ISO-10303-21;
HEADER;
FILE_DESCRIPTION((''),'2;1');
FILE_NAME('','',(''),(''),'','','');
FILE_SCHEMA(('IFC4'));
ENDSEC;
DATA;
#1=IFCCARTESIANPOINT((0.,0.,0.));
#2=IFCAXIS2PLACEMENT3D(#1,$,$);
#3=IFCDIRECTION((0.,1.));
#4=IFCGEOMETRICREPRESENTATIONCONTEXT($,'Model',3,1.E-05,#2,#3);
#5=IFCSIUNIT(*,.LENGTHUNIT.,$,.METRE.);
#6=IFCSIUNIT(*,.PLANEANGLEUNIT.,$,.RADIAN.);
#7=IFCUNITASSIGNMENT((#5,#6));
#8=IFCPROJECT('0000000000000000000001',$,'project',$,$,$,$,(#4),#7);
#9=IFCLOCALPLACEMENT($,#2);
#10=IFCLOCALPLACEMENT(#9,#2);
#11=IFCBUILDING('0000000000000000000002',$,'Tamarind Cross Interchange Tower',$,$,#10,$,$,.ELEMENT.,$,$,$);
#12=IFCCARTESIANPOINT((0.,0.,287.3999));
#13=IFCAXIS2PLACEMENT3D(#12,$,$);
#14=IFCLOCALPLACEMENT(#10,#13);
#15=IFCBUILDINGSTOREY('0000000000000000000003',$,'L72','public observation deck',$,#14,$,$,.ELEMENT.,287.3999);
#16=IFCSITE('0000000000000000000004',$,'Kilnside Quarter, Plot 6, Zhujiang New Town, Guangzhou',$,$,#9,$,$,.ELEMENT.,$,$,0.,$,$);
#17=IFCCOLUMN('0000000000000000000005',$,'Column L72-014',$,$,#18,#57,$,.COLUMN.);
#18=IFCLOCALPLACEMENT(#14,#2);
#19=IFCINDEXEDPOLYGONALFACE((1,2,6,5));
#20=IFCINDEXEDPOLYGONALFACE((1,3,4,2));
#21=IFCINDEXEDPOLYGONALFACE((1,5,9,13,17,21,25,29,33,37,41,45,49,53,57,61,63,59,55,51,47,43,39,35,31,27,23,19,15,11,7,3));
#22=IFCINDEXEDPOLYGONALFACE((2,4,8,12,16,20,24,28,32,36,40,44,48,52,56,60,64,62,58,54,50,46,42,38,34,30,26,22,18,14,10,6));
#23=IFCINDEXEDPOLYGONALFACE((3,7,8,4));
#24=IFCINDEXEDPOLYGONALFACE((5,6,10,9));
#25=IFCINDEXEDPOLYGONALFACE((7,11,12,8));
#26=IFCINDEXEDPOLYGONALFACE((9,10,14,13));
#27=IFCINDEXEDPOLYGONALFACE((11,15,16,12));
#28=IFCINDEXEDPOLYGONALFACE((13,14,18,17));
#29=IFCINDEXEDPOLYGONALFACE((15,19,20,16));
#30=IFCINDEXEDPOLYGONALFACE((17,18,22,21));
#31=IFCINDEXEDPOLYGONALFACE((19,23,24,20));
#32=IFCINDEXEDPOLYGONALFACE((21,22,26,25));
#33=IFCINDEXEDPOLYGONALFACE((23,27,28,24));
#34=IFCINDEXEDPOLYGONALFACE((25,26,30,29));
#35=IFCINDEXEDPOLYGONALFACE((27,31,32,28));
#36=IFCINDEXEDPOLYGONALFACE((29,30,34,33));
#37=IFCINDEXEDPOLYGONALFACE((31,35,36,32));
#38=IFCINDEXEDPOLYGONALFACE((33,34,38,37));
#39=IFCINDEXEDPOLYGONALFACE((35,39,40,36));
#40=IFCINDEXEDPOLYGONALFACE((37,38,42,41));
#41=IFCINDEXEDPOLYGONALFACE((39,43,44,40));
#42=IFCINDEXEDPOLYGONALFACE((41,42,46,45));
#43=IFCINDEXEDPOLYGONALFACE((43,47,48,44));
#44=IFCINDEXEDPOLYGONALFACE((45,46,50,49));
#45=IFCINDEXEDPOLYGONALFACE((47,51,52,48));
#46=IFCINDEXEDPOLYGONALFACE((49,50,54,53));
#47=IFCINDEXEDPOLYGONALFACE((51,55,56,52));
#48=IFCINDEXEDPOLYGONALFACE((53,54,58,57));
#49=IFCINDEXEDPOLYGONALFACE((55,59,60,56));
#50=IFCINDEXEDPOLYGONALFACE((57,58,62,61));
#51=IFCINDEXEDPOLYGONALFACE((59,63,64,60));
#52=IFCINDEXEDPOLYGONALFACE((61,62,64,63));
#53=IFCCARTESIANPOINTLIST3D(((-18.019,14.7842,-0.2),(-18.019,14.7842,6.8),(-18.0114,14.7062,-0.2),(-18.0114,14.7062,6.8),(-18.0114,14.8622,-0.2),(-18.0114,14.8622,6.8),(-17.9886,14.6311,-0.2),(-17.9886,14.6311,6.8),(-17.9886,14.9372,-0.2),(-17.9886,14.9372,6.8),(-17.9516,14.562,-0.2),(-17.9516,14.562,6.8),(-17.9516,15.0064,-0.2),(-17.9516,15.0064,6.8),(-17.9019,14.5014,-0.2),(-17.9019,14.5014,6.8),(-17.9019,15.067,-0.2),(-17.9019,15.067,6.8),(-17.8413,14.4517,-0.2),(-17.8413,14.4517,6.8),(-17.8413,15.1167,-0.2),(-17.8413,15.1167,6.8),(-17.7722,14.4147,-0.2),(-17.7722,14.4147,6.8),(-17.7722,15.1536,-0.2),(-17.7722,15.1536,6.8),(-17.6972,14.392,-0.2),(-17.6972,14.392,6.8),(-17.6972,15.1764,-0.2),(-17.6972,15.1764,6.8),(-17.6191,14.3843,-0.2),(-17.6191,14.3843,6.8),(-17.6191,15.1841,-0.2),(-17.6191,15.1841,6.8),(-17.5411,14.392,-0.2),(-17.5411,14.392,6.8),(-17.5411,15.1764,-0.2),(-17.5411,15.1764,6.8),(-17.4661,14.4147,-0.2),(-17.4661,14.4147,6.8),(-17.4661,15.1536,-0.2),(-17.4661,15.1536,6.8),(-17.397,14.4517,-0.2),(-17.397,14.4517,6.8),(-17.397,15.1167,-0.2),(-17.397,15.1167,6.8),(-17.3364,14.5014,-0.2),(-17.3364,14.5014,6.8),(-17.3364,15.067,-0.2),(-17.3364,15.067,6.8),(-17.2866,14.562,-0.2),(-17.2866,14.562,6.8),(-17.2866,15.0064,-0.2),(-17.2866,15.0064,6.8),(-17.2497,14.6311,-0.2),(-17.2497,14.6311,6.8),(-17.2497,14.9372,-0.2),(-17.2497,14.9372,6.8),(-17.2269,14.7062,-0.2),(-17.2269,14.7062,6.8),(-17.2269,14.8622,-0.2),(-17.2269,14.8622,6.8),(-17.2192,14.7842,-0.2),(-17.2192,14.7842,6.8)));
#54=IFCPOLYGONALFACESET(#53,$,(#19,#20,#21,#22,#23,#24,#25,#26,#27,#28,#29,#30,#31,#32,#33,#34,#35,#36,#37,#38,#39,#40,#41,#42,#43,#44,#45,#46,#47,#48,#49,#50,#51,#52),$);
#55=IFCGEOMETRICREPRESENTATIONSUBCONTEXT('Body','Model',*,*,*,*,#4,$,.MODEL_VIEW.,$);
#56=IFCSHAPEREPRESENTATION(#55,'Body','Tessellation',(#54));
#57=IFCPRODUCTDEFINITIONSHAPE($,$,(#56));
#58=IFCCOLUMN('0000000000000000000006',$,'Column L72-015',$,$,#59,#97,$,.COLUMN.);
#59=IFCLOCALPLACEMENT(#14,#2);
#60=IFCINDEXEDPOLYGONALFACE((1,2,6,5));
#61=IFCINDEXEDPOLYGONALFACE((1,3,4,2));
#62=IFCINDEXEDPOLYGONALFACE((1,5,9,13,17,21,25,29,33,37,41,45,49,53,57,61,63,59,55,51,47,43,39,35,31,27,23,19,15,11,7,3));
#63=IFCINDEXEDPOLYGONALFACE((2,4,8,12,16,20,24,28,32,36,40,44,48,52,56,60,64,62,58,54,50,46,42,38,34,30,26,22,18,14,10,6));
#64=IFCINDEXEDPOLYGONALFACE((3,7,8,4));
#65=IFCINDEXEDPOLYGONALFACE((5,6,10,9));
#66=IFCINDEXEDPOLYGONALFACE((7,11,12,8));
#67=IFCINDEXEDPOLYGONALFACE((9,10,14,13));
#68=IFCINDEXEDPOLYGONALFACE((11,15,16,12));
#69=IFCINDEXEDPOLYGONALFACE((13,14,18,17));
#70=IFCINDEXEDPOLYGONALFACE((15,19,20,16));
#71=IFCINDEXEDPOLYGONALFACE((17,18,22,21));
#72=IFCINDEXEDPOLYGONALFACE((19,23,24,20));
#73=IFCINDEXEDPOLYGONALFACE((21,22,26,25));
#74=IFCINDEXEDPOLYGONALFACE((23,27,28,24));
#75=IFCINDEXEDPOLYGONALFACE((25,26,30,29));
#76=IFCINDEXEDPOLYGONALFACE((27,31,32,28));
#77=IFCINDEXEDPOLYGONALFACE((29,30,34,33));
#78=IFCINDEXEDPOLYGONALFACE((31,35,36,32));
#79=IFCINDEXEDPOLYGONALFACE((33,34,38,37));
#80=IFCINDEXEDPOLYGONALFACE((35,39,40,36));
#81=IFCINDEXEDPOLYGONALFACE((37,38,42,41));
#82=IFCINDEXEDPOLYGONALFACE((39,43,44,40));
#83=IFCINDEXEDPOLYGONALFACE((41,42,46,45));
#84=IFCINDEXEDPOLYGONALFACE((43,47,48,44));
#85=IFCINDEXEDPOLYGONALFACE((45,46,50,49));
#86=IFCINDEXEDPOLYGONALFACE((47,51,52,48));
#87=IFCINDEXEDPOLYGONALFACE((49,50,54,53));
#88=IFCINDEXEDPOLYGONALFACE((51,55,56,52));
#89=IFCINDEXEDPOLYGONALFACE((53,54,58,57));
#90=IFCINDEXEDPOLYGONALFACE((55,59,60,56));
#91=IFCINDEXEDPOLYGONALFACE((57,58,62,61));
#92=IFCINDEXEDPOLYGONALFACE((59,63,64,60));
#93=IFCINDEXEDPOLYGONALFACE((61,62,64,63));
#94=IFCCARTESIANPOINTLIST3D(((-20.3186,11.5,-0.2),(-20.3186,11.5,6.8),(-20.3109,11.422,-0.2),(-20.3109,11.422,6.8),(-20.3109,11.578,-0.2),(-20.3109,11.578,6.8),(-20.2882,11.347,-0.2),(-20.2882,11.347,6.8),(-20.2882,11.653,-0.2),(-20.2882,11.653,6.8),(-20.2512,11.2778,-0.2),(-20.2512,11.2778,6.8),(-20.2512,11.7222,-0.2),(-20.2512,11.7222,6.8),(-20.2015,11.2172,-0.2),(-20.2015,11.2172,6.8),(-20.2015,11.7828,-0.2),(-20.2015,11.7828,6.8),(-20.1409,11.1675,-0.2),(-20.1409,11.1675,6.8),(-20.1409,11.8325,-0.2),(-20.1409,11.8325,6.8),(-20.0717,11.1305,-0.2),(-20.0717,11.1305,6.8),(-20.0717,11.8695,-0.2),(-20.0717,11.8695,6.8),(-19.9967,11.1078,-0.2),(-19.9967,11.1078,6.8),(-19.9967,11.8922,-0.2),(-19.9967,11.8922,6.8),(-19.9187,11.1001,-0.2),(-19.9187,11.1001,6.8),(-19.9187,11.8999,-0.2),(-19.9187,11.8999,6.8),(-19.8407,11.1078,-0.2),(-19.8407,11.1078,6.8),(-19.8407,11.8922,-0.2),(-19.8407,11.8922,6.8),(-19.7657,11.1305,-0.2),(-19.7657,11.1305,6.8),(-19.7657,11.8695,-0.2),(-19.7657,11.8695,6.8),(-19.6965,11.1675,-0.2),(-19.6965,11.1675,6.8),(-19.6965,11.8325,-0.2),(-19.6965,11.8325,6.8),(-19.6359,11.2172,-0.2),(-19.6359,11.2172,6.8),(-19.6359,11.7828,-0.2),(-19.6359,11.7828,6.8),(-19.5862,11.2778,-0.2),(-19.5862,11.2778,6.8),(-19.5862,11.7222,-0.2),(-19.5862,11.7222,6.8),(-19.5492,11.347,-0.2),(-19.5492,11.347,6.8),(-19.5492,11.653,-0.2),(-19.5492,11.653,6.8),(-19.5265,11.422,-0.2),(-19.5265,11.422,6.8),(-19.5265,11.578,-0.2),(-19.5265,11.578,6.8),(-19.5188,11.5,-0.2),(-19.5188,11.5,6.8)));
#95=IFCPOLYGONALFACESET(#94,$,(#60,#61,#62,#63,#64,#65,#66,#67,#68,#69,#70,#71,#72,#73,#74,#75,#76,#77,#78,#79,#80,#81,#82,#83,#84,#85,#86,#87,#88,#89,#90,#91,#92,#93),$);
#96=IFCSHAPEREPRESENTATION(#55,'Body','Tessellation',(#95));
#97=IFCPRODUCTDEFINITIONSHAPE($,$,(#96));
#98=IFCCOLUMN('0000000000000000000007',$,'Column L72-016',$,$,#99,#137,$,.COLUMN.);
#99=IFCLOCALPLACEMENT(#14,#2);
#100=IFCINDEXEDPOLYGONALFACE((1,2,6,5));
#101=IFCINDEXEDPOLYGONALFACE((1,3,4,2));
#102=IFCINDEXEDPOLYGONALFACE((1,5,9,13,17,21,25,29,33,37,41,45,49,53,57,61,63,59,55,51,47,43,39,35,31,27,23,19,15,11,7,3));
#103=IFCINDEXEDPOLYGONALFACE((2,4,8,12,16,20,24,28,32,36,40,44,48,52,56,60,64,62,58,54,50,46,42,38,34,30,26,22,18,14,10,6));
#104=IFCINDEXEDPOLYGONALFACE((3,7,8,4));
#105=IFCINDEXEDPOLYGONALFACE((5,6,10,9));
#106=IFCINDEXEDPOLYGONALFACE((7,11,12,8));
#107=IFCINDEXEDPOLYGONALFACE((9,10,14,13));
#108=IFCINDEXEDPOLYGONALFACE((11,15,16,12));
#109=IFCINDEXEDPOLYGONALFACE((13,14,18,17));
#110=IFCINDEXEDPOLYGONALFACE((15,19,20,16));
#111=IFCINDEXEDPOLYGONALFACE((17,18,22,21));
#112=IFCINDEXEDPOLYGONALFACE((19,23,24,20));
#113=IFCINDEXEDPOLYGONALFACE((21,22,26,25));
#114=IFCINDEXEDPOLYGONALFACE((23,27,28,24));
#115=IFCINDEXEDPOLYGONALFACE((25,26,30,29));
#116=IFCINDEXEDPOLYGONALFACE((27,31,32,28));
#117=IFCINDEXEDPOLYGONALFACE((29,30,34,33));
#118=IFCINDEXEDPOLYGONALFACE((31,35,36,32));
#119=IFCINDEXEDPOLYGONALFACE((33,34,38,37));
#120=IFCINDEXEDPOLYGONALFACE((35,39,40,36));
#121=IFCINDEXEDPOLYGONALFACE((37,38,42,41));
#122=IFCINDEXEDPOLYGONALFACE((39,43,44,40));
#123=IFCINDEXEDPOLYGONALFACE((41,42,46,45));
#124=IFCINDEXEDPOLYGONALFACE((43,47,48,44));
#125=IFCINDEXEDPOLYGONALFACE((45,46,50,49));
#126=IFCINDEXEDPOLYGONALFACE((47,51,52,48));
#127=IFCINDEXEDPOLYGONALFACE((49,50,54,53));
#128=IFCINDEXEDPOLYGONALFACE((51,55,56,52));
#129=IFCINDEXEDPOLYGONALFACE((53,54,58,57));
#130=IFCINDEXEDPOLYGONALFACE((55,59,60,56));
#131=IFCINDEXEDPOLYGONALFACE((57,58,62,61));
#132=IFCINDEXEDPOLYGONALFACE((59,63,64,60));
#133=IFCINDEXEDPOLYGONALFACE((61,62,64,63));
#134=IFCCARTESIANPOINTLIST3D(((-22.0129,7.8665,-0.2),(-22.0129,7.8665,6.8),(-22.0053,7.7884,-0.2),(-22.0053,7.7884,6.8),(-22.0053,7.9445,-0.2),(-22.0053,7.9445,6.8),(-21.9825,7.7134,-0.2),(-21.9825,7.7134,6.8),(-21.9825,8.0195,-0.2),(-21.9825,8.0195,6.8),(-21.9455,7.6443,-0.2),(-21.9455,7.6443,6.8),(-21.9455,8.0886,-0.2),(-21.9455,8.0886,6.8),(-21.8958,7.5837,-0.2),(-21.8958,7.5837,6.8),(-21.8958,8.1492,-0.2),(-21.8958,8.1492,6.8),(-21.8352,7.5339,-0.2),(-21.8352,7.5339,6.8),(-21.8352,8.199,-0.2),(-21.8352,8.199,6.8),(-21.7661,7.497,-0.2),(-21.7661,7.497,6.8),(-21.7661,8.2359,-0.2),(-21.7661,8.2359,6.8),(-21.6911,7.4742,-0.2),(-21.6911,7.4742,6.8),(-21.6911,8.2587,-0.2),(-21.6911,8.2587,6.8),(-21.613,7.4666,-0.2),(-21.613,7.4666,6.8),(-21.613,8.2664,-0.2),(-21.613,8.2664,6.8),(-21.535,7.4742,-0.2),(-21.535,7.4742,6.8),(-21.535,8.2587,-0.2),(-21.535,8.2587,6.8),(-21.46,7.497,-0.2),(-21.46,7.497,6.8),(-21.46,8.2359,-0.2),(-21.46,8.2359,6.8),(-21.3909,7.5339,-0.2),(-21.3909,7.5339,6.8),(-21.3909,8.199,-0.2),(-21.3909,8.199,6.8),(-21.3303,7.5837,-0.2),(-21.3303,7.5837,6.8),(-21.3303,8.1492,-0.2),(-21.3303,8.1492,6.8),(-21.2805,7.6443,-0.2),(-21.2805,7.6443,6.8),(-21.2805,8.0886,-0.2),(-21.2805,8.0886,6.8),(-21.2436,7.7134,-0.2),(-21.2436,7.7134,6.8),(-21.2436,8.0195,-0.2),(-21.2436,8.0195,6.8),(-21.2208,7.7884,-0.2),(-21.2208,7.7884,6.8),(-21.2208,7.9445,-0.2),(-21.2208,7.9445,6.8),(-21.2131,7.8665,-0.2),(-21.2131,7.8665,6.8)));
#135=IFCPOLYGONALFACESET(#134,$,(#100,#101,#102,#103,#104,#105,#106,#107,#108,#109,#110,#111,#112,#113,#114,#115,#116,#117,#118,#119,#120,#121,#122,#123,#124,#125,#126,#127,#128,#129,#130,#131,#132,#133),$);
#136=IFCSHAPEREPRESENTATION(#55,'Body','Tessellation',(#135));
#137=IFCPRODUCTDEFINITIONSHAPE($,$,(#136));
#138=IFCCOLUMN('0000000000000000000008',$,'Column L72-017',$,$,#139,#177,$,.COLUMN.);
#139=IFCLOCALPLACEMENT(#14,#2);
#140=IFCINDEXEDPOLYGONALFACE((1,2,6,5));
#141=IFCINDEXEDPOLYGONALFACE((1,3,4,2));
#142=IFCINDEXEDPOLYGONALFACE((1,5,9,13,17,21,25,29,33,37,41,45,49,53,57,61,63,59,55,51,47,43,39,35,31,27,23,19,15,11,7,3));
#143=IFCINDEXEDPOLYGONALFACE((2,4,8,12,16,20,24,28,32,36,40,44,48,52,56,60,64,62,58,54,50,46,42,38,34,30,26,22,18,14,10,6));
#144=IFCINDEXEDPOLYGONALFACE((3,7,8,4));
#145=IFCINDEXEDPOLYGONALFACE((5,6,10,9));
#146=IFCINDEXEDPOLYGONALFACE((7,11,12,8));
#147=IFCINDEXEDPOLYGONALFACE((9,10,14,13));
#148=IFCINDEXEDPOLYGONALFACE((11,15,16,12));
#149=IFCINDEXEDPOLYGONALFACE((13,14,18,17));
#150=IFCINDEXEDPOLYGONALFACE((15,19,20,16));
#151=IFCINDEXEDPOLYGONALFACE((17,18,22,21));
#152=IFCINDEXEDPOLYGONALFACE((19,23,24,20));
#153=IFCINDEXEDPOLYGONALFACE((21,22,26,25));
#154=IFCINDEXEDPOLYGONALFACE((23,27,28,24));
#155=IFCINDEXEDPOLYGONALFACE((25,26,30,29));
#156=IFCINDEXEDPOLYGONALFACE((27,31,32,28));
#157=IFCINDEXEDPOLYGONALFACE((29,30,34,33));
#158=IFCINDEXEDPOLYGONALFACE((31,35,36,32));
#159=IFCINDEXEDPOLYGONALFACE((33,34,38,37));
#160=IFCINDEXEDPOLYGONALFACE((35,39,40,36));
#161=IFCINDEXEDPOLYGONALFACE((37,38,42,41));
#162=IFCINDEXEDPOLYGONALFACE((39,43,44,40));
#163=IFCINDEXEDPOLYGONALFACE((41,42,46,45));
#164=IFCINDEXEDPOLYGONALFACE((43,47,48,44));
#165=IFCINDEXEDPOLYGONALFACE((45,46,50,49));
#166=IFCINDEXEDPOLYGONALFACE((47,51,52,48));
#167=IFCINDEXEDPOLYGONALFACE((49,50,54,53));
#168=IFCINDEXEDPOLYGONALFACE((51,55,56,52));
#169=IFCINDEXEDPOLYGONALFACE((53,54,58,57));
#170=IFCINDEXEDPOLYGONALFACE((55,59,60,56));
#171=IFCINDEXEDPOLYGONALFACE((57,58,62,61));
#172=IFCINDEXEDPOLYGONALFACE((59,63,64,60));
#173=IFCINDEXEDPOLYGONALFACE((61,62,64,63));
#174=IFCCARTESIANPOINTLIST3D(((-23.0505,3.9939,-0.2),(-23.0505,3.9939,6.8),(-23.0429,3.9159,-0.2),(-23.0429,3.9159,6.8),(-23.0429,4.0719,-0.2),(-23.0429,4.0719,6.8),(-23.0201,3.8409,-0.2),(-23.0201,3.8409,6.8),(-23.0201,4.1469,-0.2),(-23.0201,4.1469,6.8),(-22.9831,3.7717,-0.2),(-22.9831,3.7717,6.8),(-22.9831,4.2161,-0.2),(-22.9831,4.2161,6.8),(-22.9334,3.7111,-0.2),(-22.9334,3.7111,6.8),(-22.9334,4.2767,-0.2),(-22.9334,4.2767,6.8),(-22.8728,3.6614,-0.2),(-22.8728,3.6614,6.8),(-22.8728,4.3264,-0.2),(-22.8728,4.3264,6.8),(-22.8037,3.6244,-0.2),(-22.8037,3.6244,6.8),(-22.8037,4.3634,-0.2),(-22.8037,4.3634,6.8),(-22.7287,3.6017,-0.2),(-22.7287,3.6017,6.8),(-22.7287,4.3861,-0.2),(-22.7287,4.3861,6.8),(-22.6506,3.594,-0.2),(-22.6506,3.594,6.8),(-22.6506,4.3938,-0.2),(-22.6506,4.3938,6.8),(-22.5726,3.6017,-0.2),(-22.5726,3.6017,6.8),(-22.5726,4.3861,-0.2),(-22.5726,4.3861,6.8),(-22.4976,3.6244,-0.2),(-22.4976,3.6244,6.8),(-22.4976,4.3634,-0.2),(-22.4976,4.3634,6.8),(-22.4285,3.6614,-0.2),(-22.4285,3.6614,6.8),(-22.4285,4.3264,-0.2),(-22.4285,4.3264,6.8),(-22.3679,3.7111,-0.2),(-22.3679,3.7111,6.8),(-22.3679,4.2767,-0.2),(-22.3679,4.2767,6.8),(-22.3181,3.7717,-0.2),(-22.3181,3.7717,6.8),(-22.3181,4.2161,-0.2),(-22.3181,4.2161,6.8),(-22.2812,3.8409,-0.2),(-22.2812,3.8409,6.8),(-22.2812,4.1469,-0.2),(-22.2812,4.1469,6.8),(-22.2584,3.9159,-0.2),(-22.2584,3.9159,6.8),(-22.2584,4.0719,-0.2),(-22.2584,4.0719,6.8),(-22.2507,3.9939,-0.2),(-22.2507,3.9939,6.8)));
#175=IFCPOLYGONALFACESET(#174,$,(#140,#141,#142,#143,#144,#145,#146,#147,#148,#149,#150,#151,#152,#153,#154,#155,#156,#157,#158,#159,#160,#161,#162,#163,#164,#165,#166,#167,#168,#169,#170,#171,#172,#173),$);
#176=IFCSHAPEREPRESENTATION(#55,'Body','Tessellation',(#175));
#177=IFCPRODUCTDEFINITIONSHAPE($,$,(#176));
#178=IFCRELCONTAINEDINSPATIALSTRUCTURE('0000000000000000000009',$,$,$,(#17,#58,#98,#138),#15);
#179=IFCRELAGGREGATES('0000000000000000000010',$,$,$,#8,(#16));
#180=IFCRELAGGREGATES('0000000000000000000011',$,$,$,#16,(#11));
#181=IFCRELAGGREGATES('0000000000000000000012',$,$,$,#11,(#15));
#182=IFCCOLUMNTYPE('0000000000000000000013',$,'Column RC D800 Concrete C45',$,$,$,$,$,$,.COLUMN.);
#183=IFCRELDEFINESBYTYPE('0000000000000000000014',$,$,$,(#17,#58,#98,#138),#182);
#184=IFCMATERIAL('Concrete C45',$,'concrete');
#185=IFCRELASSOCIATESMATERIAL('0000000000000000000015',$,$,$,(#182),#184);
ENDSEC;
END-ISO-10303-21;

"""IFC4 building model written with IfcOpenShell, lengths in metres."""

from ifc_helpers import new_model, si_unit, direction, frame, origin, origin_2d, place, context, subcontext, project, spatial, circle, extrude, material, material_profile, profile_set, type_object, element, save


model = new_model("IFC4")

# Units and contexts
model_context = context("Model", 3, precision=1e-05, world=origin(), true_north=direction((0.0, 1.0)))
body_context = subcontext(model_context, "Body", "Model", "MODEL_VIEW")
ifc_project = project(units=[si_unit("LENGTHUNIT", "METRE"), si_unit("PLANEANGLEUNIT", "RADIAN")], contexts=[model_context])

# Site, building, storey
site_placement = place(None, origin())
site = spatial("IfcSite", under=ifc_project, at=site_placement, Name="Kilnside Quarter, Plot 6, Zhujiang New Town, Guangzhou", CompositionType="ELEMENT", RefElevation=0.0)
building_placement = place(site_placement, origin())
building = spatial("IfcBuilding", under=site, at=building_placement, Name="Tamarind Cross Interchange Tower", CompositionType="ELEMENT")
storey_placement = place(building_placement, frame((0.0, 0.0, 287.3999)))
storey = spatial("IfcBuildingStorey", under=building, at=storey_placement, Name="L72", Description="public observation deck", CompositionType="ELEMENT", Elevation=287.3999)

# Columns
ifc_material_1 = material(Name="Concrete C45", Category="concrete")
ifc_material_profile_1 = material_profile(ifc_material_1, circle(Radius=0.3999, at=origin_2d()), Name="RC D800")
ifc_profile_set_1 = profile_set([ifc_material_profile_1], Name="Concrete C45")
column_type = type_object("IfcColumnType", Name="Column RC D800 Concrete C45", PredefinedType="COLUMN", material=ifc_profile_set_1)
for number, where, z_axis, x_axis, name in (
    (1, (-17.6191, 14.7842, -0.2), (0.0, 0.0, 1.0), (1.0, 0.0, 0.0), "Column L72-014"),
    (2, (-19.9187, 11.5, -0.2), (0.0, 0.0, 1.0), (1.0, 0.0, 0.0), "Column L72-015"),
    (3, (-21.613, 7.8665, -0.2), (0.0, 0.0, 1.0), (1.0, 0.0, 0.0), "Column L72-016"),
    (4, (-22.6506, 3.9939, -0.2), (0.0, 0.0, 1.0), (1.0, 0.0, 0.0), "Column L72-017"),
):
    element("IfcColumn", number, at=place(storey_placement, frame(where, z_axis=z_axis, x_axis=x_axis)), inside=storey, type_object=column_type, Name=name, PredefinedType="COLUMN", context=body_context, shape_type="SweptSolid", body=[
        extrude(circle(Radius=0.3999, at=origin_2d()), origin(), (0.0, 0.0, 1.0), 7.0),
    ])

save(model, "model.ifc")
